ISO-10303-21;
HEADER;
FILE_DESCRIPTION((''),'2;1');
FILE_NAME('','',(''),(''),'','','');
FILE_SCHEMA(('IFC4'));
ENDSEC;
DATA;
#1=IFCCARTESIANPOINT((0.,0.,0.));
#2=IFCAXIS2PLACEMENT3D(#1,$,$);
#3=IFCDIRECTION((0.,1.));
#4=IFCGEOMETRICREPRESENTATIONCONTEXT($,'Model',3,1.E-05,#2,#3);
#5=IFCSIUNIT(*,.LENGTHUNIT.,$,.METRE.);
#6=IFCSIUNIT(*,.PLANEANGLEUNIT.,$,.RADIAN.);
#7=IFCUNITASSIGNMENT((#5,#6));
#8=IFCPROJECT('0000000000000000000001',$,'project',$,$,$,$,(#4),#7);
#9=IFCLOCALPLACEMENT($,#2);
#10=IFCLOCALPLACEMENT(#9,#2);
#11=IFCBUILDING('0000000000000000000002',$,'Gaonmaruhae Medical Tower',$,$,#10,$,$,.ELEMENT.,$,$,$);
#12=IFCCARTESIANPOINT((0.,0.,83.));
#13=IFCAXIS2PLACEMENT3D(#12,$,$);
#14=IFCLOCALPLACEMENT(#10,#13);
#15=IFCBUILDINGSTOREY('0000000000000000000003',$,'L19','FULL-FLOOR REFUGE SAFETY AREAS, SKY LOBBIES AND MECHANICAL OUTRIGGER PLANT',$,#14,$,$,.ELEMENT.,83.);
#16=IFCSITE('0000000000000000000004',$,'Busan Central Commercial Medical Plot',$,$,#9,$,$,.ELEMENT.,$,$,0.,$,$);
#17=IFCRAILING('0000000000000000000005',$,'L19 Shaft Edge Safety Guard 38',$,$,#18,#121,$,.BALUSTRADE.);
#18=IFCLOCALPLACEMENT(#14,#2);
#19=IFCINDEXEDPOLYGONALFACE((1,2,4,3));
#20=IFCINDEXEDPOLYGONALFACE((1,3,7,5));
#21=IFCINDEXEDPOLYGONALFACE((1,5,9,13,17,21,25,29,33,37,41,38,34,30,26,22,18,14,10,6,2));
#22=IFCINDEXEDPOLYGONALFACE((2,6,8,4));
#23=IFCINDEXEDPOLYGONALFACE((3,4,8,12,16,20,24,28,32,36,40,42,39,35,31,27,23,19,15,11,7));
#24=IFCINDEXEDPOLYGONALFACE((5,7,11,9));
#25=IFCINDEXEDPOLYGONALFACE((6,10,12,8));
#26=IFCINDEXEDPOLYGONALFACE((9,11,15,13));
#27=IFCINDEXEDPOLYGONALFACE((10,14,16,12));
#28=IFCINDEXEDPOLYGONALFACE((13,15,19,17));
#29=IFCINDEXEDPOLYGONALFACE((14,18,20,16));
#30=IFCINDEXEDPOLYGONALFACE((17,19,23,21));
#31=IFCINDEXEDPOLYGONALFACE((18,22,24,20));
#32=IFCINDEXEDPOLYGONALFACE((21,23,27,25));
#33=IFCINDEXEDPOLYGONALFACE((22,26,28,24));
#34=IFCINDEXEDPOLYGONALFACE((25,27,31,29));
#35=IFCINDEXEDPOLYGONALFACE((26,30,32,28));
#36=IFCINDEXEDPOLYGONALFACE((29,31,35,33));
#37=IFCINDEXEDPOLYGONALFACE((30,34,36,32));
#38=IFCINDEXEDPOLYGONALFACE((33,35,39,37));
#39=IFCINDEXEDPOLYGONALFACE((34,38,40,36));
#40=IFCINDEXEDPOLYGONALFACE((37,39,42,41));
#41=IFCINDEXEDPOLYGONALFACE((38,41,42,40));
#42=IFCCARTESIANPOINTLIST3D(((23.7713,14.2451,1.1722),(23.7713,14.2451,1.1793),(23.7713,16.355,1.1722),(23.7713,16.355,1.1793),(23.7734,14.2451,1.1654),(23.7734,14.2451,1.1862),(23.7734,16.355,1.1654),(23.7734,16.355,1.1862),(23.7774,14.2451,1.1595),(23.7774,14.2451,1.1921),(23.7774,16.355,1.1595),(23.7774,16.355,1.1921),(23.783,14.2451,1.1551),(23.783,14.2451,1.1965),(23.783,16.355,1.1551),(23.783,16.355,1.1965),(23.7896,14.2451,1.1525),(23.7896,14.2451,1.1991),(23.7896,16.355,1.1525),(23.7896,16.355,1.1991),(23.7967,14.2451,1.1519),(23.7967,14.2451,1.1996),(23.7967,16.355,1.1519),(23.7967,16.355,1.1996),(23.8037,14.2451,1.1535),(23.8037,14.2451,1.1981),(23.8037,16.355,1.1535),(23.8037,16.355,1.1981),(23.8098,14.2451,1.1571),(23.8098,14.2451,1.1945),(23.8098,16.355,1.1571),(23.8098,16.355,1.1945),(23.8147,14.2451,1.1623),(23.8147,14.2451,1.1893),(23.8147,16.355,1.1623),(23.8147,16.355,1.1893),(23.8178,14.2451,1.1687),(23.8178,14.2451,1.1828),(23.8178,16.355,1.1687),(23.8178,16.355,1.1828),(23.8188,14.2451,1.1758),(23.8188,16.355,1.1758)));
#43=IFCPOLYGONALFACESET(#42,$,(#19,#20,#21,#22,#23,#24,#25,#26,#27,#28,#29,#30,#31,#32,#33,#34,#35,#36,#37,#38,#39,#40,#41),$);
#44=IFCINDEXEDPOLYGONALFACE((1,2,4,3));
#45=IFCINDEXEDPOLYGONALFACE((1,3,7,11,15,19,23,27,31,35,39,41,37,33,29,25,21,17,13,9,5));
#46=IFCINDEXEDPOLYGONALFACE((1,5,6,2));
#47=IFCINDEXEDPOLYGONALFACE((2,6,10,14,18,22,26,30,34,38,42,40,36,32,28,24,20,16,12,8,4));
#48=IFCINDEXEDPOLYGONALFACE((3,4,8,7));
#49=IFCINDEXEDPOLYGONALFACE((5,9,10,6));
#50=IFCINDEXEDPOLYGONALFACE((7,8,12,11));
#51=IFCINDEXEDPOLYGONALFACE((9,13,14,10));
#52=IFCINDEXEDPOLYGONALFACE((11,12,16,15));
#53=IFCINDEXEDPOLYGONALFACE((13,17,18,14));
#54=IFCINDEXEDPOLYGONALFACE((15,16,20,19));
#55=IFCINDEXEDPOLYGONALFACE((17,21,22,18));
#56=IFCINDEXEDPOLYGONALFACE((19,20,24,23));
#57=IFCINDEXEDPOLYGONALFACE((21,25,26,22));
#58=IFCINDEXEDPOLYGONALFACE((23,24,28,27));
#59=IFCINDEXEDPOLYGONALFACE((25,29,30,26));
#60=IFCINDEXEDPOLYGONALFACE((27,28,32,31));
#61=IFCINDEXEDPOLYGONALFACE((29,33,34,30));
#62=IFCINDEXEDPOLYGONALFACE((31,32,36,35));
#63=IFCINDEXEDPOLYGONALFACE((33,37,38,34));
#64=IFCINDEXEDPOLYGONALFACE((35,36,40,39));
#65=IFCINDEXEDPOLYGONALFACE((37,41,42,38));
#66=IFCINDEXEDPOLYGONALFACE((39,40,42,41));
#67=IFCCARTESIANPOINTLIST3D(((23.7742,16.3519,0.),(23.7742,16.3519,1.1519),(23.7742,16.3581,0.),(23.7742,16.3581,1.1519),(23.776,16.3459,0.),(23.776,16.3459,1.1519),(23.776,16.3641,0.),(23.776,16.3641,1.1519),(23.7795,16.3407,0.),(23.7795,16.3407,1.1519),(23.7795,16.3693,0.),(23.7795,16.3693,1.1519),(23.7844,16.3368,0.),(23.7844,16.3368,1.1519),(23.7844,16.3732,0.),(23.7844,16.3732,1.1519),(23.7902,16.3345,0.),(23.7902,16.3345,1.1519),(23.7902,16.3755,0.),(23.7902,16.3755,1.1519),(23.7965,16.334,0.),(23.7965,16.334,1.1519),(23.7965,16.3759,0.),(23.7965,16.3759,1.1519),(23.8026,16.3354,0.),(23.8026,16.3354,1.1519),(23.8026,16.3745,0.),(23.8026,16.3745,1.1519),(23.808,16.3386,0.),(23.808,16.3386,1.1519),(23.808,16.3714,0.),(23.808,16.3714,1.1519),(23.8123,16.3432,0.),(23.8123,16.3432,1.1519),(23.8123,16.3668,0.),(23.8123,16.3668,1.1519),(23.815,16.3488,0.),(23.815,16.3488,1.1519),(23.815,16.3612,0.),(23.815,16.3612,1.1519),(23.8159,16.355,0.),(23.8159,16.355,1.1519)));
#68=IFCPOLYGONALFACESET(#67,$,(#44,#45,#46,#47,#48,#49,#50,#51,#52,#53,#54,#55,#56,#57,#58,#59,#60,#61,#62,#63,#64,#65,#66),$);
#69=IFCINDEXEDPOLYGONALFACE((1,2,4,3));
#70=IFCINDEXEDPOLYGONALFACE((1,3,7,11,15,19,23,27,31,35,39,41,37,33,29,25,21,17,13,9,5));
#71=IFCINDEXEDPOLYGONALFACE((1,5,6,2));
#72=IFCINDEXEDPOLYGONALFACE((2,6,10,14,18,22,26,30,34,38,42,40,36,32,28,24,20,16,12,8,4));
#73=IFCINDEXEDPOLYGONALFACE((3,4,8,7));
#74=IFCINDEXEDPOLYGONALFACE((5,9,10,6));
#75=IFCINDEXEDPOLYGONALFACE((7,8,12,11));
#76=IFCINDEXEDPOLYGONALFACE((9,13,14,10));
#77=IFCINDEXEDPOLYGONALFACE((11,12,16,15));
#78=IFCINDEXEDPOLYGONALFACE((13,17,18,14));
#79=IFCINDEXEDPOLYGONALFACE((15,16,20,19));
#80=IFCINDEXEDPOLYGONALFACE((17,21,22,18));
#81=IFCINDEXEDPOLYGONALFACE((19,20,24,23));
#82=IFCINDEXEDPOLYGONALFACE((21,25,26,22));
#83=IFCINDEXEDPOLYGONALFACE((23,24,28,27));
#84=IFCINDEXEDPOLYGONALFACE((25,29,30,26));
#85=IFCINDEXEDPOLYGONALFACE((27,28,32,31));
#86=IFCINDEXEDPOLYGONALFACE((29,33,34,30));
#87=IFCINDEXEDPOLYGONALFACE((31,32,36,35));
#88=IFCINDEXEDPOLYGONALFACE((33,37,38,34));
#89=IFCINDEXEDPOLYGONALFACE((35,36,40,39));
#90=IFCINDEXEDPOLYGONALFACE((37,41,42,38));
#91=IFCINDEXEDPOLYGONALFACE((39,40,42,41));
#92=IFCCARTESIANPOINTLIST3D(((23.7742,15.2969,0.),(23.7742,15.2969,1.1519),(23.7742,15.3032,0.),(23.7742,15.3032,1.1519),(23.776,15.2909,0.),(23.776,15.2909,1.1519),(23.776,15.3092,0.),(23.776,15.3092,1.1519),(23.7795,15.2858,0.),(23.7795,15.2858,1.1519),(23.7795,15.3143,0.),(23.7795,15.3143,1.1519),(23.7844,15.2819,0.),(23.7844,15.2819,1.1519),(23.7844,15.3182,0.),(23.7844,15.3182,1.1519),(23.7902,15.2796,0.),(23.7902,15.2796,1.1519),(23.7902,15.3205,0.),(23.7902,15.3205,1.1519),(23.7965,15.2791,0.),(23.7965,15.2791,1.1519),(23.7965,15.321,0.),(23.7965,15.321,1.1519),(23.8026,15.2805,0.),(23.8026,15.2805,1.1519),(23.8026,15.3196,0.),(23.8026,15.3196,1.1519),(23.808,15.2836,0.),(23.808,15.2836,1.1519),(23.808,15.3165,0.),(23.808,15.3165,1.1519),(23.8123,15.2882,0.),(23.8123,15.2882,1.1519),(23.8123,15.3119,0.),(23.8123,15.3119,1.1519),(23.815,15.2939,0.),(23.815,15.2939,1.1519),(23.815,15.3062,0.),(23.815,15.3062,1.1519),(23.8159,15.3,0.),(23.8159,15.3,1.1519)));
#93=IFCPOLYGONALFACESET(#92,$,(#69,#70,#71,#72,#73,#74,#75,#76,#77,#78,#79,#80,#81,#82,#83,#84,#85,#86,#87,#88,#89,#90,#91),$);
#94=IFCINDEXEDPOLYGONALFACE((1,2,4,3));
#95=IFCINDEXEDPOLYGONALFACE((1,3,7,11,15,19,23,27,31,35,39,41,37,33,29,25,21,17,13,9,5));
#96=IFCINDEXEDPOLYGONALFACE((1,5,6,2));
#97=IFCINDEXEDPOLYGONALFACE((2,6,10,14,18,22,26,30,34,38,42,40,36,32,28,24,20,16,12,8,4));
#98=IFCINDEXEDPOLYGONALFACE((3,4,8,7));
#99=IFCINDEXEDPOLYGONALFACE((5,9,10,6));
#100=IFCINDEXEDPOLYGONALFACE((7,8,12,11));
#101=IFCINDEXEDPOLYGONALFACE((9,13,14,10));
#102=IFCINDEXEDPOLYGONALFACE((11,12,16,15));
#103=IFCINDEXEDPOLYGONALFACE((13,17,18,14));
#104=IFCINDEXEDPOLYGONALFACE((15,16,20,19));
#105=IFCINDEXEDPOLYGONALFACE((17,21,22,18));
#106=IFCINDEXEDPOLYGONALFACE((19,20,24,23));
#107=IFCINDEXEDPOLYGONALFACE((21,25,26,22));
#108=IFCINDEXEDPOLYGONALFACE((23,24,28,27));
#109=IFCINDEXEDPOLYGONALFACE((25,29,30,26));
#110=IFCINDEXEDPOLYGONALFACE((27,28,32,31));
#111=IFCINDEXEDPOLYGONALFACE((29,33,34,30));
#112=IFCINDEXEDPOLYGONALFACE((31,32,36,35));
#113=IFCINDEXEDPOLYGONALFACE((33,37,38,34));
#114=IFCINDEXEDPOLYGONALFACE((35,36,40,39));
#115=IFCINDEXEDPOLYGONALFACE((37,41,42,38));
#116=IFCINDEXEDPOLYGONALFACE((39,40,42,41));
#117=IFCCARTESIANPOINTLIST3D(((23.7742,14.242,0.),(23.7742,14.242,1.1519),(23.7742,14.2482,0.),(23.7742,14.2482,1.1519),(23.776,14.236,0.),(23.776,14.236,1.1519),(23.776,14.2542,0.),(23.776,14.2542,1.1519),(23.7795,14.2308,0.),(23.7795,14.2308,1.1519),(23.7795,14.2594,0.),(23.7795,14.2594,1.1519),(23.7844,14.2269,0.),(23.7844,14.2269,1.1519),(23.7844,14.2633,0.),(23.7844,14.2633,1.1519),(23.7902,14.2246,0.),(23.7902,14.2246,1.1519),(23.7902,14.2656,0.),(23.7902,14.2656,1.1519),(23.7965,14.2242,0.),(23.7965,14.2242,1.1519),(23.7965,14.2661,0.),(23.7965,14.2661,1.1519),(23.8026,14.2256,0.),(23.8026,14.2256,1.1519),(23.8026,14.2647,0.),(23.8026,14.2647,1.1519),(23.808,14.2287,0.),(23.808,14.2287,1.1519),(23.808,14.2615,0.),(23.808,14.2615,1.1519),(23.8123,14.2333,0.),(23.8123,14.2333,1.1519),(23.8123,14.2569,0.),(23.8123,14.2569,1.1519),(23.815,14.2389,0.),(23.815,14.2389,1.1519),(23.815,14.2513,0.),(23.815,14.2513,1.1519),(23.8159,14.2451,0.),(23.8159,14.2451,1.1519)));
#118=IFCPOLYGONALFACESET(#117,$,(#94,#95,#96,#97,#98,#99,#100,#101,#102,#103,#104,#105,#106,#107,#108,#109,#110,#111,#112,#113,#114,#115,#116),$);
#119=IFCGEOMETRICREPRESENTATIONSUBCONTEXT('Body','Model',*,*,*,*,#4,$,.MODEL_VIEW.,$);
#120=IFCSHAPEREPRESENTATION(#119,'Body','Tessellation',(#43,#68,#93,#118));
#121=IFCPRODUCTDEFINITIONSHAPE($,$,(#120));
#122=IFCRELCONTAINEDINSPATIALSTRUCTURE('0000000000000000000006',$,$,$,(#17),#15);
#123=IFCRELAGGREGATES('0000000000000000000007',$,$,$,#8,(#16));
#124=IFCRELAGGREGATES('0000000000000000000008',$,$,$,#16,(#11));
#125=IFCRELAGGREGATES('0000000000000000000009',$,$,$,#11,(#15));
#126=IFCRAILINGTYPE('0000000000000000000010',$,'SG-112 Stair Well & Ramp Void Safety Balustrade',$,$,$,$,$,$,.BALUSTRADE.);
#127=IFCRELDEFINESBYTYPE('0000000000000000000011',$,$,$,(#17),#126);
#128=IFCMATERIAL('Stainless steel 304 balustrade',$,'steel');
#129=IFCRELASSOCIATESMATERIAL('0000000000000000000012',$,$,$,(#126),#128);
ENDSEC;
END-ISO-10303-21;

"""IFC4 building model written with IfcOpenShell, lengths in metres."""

from ifc_helpers import new_model, si_unit, direction, frame, origin, origin_2d, place, context, subcontext, project, spatial, circle, extrude, material, type_object, element, save


model = new_model("IFC4")

# Units and contexts
model_context = context("Model", 3, precision=1e-05, world=origin(), true_north=direction((0.0, 1.0)))
body_context = subcontext(model_context, "Body", "Model", "MODEL_VIEW")
ifc_project = project(units=[si_unit("LENGTHUNIT", "METRE"), si_unit("PLANEANGLEUNIT", "RADIAN")], contexts=[model_context])

# Site, building, storey
site_placement = place(None, origin())
site = spatial("IfcSite", under=ifc_project, at=site_placement, Name="Busan Central Commercial Medical Plot", CompositionType="ELEMENT", RefElevation=0.0)
building_placement = place(site_placement, origin())
building = spatial("IfcBuilding", under=site, at=building_placement, Name="Gaonmaruhae Medical Tower", CompositionType="ELEMENT")
storey_placement = place(building_placement, frame((0.0, 0.0, 83.0)))
storey = spatial("IfcBuildingStorey", under=building, at=storey_placement, Name="L19", Description="FULL-FLOOR REFUGE SAFETY AREAS, SKY LOBBIES AND MECHANICAL OUTRIGGER PLANT", CompositionType="ELEMENT", Elevation=83.0)

# Railing
ifc_material_1 = material(Name="Stainless steel 304 balustrade", Category="steel")
railing_type_1 = type_object("IfcRailingType", Name="SG-112 Stair Well & Ramp Void Safety Balustrade", PredefinedType="BALUSTRADE", material=ifc_material_1)
railing_1_placement = place(storey_placement, frame((23.7949, 16.355, 0.0)))
element("IfcRailing", 1, at=railing_1_placement, inside=storey, type_object=railing_type_1, Name="L19 Shaft Edge Safety Guard 38", PredefinedType="BALUSTRADE", context=body_context, shape_type="SweptSolid", body=[
    extrude(circle(Radius=0.0239, at=origin_2d()), frame((0.0, 0.0, 1.1758), z_axis=(0.0, -1.0, 0.0), x_axis=(1.0, 0.0, 0.0)), (0.0, 0.0, 1.0), 2.1099),
    extrude(circle(Radius=0.021, at=origin_2d()), origin(), (0.0, 0.0, 1.0), 1.1519),
    extrude(circle(Radius=0.021, at=origin_2d()), frame((0.0, -1.0549, 0.0)), (0.0, 0.0, 1.0), 1.1519),
    extrude(circle(Radius=0.021, at=origin_2d()), frame((0.0, -2.1099, 0.0)), (0.0, 0.0, 1.0), 1.1519),
])

save(model, "model.ifc")
